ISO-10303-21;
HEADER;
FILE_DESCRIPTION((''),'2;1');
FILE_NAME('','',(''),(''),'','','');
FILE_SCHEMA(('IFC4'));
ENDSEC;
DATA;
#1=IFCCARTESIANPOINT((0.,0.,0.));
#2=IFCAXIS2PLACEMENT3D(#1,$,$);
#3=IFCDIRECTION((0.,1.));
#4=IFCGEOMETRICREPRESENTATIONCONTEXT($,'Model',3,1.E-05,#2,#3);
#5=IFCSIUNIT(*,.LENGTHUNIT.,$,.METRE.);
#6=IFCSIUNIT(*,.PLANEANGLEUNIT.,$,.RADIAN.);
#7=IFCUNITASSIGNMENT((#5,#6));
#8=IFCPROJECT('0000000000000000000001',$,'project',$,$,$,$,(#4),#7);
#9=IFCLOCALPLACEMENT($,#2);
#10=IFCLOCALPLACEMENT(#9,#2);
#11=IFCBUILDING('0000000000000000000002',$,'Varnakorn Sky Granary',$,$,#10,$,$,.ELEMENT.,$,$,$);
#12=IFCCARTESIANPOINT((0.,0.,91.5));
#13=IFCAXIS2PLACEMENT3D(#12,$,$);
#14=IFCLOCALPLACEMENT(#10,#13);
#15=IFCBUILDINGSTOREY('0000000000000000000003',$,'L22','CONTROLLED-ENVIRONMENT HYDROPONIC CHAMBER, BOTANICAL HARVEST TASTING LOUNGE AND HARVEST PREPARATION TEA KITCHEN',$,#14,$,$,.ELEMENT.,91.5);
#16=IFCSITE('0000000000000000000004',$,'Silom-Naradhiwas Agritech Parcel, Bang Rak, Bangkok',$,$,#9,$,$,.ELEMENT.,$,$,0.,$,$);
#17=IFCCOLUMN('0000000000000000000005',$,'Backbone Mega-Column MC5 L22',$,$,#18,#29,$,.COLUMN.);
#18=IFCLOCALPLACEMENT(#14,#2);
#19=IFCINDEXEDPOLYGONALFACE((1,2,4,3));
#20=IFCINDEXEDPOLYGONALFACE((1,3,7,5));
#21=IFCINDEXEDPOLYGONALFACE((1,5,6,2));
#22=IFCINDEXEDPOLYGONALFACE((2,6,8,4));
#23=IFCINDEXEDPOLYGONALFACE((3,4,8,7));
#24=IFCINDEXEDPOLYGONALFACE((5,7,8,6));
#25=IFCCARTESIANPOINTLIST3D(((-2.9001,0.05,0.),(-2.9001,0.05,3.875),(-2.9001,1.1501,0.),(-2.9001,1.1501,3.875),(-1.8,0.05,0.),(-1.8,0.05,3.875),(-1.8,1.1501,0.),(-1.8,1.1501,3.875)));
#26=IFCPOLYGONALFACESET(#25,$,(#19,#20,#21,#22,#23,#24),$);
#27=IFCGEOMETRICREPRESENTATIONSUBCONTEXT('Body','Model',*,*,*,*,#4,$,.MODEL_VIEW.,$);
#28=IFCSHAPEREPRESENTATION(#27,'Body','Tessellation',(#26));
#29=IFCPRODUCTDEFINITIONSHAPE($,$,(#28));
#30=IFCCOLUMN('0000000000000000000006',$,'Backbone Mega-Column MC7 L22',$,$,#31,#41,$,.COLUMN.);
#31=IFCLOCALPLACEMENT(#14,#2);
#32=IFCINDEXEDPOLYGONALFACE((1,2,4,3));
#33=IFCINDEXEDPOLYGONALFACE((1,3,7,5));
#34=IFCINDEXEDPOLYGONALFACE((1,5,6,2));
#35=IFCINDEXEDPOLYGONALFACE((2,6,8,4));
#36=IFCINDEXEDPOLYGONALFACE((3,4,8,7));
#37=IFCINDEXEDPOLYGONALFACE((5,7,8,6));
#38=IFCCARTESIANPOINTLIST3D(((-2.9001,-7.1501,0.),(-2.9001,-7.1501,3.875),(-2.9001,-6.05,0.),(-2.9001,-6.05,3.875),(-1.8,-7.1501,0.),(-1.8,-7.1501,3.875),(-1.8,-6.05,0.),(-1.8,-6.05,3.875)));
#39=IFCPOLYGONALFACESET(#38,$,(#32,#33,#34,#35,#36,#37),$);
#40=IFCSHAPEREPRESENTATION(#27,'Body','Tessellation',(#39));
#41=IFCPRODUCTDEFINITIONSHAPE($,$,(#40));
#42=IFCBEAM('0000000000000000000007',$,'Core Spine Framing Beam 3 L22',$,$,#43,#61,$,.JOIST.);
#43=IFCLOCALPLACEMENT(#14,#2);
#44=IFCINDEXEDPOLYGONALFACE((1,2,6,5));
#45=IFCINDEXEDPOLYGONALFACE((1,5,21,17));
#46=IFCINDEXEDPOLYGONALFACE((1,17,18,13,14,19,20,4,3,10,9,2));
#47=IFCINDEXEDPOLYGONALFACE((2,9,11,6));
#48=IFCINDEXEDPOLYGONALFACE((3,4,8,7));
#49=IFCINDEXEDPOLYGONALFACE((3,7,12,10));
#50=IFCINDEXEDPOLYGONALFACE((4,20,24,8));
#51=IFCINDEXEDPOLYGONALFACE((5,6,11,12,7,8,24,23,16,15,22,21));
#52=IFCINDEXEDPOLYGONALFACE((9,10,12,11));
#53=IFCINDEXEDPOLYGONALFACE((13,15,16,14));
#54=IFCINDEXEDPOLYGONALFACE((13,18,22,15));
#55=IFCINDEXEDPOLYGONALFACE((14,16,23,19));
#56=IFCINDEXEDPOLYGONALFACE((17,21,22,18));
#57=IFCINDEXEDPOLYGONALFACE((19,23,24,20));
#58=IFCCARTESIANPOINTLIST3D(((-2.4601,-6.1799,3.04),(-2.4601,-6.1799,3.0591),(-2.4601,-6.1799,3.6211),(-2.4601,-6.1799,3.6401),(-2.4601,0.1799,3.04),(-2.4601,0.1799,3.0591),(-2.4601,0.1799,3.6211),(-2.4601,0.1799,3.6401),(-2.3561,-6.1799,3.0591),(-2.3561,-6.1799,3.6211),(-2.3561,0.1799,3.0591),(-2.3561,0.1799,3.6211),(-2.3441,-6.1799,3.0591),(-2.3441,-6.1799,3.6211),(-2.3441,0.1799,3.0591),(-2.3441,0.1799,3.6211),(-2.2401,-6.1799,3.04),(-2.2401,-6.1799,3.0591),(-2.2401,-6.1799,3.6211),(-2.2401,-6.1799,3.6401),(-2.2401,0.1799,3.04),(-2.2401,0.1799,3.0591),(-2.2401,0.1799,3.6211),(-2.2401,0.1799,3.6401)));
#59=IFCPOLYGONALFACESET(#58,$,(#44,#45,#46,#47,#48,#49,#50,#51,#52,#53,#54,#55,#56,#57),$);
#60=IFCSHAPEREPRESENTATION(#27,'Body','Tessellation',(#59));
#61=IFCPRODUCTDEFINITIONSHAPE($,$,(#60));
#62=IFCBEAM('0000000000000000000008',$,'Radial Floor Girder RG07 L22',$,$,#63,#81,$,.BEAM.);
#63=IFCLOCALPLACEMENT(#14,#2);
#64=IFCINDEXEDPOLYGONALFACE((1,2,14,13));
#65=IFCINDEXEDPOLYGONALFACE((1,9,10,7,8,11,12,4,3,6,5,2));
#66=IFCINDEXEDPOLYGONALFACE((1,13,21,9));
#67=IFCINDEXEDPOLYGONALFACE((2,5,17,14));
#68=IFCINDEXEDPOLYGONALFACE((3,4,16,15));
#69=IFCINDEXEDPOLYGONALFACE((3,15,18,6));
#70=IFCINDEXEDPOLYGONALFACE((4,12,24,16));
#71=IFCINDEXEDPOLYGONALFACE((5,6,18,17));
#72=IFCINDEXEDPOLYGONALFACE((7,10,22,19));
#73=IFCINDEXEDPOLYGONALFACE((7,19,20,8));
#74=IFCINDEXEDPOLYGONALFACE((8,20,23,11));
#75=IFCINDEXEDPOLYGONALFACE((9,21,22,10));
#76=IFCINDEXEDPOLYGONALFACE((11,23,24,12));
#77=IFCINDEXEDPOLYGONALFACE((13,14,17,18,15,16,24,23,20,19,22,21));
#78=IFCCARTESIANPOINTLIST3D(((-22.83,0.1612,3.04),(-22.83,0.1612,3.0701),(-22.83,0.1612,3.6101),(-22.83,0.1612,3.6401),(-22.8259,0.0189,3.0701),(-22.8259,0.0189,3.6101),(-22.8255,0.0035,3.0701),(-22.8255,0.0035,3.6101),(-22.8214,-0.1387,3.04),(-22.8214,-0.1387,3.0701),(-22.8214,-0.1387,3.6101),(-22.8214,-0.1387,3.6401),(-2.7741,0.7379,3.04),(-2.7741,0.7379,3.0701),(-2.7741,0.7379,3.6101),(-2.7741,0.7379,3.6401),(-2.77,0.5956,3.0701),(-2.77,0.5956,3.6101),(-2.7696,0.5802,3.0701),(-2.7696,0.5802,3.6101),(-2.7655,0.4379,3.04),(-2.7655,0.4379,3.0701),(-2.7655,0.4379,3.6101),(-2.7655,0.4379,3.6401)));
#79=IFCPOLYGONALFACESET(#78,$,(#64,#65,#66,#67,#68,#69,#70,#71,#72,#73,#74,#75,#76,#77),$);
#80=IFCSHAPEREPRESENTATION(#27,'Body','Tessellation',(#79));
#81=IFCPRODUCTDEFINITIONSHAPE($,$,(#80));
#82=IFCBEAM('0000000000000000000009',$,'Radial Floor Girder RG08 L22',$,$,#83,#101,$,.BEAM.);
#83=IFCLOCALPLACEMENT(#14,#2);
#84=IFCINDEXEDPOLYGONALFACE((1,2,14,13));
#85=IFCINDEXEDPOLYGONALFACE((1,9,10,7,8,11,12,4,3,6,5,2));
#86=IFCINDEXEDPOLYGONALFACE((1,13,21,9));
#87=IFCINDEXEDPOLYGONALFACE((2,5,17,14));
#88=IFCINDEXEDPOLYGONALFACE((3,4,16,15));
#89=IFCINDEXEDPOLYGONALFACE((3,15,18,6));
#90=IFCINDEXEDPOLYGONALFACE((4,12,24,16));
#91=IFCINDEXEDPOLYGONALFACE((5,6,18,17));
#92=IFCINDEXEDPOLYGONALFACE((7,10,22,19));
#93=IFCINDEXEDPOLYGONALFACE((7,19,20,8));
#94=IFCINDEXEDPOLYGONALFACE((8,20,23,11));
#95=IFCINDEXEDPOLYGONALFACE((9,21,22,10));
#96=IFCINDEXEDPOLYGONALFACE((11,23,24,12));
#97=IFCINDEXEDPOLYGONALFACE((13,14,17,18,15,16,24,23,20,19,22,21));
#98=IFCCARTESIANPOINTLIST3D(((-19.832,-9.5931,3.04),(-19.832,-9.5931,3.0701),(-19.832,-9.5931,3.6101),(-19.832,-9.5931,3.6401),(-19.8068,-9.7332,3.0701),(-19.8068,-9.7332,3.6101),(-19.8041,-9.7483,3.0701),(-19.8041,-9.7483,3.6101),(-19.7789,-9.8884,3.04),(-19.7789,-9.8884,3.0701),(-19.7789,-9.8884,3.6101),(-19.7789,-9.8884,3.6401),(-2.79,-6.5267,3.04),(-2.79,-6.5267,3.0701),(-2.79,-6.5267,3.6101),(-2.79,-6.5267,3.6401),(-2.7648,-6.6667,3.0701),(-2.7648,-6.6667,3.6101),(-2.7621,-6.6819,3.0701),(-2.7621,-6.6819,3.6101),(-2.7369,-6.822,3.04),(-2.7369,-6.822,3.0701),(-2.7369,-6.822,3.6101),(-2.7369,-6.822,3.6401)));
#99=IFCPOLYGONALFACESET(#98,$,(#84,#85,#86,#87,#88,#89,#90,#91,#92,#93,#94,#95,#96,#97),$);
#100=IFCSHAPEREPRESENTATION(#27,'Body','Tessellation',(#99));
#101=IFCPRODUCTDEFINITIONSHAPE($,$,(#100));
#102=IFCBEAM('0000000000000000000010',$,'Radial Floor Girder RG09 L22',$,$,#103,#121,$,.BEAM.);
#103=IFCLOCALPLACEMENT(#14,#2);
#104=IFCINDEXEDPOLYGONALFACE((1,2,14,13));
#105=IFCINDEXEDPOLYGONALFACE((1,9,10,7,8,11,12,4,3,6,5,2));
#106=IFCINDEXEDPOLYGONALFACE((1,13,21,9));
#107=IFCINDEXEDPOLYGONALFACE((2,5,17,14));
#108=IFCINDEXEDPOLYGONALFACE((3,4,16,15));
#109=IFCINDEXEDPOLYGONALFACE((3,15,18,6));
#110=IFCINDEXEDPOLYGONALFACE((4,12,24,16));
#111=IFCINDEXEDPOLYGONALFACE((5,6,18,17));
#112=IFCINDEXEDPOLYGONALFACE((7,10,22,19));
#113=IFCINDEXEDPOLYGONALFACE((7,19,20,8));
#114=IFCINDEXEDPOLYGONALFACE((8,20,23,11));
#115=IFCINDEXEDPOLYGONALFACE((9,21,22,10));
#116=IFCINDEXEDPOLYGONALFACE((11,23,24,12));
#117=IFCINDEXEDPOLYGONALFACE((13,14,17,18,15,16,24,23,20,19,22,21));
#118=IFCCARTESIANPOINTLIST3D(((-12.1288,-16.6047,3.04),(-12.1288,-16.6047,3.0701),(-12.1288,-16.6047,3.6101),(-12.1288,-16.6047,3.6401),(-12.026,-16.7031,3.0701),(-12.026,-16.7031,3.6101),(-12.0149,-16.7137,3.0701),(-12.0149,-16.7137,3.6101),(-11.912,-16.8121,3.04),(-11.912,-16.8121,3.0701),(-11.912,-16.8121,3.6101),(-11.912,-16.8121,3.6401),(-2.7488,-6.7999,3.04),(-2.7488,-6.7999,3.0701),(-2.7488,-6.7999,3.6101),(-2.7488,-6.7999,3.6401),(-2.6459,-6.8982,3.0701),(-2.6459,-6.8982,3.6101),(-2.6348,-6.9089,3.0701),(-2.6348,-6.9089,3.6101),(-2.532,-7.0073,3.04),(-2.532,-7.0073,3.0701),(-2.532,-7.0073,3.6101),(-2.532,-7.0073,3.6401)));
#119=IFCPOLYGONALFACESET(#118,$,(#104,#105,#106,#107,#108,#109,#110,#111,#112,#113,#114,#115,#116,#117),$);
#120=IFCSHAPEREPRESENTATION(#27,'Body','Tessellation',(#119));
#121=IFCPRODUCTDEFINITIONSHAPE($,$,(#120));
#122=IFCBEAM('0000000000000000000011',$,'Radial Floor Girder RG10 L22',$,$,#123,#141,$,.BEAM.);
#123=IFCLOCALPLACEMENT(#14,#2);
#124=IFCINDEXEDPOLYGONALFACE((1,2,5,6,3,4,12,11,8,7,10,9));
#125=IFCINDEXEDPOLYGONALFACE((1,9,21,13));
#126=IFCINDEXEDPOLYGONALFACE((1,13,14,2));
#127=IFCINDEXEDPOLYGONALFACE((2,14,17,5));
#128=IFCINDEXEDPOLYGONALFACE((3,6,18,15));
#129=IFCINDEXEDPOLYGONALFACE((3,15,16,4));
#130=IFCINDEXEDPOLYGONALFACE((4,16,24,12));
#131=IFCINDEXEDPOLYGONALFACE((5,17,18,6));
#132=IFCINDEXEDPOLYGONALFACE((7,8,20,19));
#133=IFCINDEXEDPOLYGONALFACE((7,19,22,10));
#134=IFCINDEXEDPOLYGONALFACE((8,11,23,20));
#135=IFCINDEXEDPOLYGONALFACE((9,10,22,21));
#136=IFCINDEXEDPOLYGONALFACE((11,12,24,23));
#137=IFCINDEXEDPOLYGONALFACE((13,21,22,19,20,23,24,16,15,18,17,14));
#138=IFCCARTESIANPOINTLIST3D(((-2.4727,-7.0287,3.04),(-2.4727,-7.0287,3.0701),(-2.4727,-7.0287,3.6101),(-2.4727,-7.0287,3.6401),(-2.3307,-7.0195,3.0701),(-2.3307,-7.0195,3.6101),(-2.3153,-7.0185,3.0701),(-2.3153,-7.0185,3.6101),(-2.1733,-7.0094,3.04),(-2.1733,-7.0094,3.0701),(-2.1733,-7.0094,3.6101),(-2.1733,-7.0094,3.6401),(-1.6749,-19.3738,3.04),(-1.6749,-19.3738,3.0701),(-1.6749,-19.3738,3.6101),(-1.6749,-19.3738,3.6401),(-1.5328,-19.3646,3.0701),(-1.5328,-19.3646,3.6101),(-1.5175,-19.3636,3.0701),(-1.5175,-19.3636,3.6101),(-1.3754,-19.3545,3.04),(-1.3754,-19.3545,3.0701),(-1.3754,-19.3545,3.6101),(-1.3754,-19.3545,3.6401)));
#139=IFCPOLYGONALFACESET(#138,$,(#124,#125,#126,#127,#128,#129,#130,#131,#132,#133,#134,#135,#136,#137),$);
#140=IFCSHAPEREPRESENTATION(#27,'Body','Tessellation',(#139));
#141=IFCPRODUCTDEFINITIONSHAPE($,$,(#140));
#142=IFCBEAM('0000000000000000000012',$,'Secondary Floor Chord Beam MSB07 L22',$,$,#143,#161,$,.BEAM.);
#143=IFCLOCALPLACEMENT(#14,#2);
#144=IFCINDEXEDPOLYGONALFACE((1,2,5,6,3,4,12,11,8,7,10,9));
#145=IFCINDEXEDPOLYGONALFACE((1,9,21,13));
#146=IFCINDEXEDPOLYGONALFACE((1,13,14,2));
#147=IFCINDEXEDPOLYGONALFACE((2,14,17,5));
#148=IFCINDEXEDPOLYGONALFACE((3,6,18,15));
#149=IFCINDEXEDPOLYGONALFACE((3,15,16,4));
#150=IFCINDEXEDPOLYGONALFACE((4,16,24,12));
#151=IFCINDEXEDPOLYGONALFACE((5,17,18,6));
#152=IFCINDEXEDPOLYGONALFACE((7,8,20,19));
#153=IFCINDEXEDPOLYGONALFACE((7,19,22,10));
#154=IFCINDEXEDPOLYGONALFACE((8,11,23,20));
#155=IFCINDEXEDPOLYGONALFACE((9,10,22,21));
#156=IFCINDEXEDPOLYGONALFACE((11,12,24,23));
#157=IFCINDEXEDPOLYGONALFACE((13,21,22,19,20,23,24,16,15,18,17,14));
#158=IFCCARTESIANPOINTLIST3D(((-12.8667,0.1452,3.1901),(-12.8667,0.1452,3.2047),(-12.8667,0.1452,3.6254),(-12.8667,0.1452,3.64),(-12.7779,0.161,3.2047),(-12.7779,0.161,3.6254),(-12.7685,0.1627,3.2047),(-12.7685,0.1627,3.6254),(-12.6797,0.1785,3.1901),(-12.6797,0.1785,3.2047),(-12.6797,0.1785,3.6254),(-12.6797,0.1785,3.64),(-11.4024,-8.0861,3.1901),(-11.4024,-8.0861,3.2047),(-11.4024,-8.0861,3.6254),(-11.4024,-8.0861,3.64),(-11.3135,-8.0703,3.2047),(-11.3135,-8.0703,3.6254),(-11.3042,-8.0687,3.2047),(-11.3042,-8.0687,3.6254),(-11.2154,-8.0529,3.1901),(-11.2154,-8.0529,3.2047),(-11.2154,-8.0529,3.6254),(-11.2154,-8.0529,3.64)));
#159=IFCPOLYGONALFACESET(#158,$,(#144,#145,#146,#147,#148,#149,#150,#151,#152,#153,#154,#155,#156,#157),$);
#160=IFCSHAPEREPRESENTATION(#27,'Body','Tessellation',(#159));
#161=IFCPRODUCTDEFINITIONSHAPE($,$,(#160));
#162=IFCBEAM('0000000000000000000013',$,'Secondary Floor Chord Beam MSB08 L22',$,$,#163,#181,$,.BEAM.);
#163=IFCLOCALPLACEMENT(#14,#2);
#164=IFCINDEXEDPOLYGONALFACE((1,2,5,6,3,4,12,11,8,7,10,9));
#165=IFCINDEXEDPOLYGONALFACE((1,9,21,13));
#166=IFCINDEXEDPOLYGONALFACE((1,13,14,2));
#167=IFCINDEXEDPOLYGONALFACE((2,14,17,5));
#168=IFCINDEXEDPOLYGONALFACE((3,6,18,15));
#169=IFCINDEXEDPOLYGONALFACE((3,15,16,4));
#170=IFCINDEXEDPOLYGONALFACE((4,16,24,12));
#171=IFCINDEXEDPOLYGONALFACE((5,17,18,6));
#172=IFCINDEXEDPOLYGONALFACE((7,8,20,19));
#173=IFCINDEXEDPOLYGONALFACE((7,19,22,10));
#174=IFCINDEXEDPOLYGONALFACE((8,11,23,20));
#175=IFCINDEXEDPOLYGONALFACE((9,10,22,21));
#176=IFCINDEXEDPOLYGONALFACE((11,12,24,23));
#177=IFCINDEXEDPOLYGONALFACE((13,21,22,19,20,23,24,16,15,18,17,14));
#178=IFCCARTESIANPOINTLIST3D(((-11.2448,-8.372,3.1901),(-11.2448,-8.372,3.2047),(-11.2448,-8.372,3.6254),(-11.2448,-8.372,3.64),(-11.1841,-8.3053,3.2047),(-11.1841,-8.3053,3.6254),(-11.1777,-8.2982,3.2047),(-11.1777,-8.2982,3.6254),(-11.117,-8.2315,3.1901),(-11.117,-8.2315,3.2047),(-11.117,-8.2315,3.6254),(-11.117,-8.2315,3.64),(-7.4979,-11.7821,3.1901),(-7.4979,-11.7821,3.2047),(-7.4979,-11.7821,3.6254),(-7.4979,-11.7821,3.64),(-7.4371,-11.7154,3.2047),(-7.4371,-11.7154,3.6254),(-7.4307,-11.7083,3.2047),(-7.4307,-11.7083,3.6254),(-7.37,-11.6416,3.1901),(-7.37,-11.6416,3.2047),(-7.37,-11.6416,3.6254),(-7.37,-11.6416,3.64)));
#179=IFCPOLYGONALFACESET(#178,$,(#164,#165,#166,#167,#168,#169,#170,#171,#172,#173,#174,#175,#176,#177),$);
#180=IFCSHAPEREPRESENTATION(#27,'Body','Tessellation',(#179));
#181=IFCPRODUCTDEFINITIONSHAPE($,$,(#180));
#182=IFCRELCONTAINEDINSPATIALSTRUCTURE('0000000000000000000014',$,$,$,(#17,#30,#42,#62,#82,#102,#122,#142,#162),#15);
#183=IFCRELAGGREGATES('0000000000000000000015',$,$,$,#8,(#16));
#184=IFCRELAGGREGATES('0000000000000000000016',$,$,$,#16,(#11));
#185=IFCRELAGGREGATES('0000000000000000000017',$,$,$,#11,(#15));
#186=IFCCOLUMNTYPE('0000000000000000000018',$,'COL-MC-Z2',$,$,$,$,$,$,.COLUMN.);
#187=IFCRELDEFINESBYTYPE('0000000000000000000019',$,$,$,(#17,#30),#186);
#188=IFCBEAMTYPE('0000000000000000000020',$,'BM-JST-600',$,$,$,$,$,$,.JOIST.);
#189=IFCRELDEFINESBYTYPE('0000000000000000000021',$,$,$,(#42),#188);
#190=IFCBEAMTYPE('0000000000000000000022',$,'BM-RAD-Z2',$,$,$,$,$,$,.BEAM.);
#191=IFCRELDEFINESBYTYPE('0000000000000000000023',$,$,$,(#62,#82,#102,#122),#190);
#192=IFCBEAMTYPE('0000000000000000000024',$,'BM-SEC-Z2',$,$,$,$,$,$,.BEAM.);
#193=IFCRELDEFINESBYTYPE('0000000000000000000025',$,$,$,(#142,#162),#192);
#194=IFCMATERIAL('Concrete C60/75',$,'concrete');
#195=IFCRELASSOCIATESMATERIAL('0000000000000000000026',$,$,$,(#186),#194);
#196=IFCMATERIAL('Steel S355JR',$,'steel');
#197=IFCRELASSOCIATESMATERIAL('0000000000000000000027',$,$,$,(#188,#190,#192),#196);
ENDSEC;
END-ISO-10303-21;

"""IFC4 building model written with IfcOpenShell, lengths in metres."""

from ifc_helpers import new_model, si_unit, direction, frame, origin, origin_2d, place, context, subcontext, project, spatial, rectangle, i_section, extrude, material, material_profile, profile_set, type_object, element, save


model = new_model("IFC4")

# Units and contexts
model_context = context("Model", 3, precision=1e-05, world=origin(), true_north=direction((0.0, 1.0)))
body_context = subcontext(model_context, "Body", "Model", "MODEL_VIEW")
ifc_project = project(units=[si_unit("LENGTHUNIT", "METRE"), si_unit("PLANEANGLEUNIT", "RADIAN")], contexts=[model_context])

# Site, building, storey
site_placement = place(None, origin())
site = spatial("IfcSite", under=ifc_project, at=site_placement, Name="Silom-Naradhiwas Agritech Parcel, Bang Rak, Bangkok", CompositionType="ELEMENT", RefElevation=0.0)
building_placement = place(site_placement, origin())
building = spatial("IfcBuilding", under=site, at=building_placement, Name="Varnakorn Sky Granary", CompositionType="ELEMENT")
storey_placement = place(building_placement, frame((0.0, 0.0, 91.5)))
storey = spatial("IfcBuildingStorey", under=building, at=storey_placement, Name="L22", Description="CONTROLLED-ENVIRONMENT HYDROPONIC CHAMBER, BOTANICAL HARVEST TASTING LOUNGE AND HARVEST PREPARATION TEA KITCHEN", CompositionType="ELEMENT", Elevation=91.5)

# Columns
ifc_material_1 = material(Name="Concrete C60/75", Category="concrete")
ifc_material_profile_1 = material_profile(ifc_material_1, rectangle(XDim=1.1001, YDim=1.1001, at=origin_2d()), Name="RC 1100x1100")
ifc_profile_set_1 = profile_set([ifc_material_profile_1], Name="Concrete C60/75")
column_type = type_object("IfcColumnType", Name="COL-MC-Z2", PredefinedType="COLUMN", material=ifc_profile_set_1)
for number, where, z_axis, x_axis, name in (
    (1, (-2.3501, 0.6001, 0.0), (0.0, 0.0, 1.0), (1.0, 0.0, 0.0), "Backbone Mega-Column MC5 L22"),
    (2, (-2.3501, -6.6001, 0.0), (0.0, 0.0, 1.0), (1.0, 0.0, 0.0), "Backbone Mega-Column MC7 L22"),
):
    element("IfcColumn", number, at=place(storey_placement, frame(where, z_axis=z_axis, x_axis=x_axis)), inside=storey, type_object=column_type, Name=name, PredefinedType="COLUMN", context=body_context, shape_type="SweptSolid", body=[
        extrude(rectangle(XDim=1.1001, YDim=1.1001, at=origin_2d()), origin(), (0.0, 0.0, 1.0), 3.875),
    ])

# Beams
ifc_material_2 = material(Name="Steel S355JR", Category="steel")
ifc_material_profile_2 = material_profile(ifc_material_2, i_section(OverallWidth=0.22, OverallDepth=0.6001, WebThickness=0.012, FlangeThickness=0.019, at=origin_2d()), Name="IPE 600")
ifc_profile_set_2 = profile_set([ifc_material_profile_2], Name="Steel S355JR")
beam_type_1 = type_object("IfcBeamType", Name="BM-JST-600", PredefinedType="JOIST", material=ifc_profile_set_2)
beam_1_placement = place(storey_placement, frame((-2.3501, 0.1799, 3.3401), z_axis=(0.0, -1.0, 0.0), x_axis=(1.0, 0.0, 0.0)))
element("IfcBeam", 3, at=beam_1_placement, inside=storey, type_object=beam_type_1, Name="Core Spine Framing Beam 3 L22", PredefinedType="JOIST", context=body_context, shape_type="SweptSolid", body=[
    extrude(i_section(OverallWidth=0.22, OverallDepth=0.6001, WebThickness=0.012, FlangeThickness=0.019, at=origin_2d()), origin(), (0.0, 0.0, 1.0), 6.3599),
])
ifc_material_profile_3 = material_profile(ifc_material_2, i_section(OverallWidth=0.3, OverallDepth=0.6001, WebThickness=0.0154, FlangeThickness=0.03, at=origin_2d()), Name="HE 600 B")
ifc_profile_set_3 = profile_set([ifc_material_profile_3], Name="Steel S355JR")
beam_type_2 = type_object("IfcBeamType", Name="BM-RAD-Z2", PredefinedType="BEAM", material=ifc_profile_set_3)
beam_2_placement = place(storey_placement, frame((-2.7698, 0.5879, 3.3401), z_axis=(-0.999587, -0.028741, 0.0), x_axis=(0.028741, -0.999587, 0.0)))
element("IfcBeam", 4, at=beam_2_placement, inside=storey, type_object=beam_type_2, Name="Radial Floor Girder RG07 L22", PredefinedType="BEAM", context=body_context, shape_type="SweptSolid", body=[
    extrude(i_section(OverallWidth=0.3, OverallDepth=0.6001, WebThickness=0.0154, FlangeThickness=0.03, at=origin_2d()), origin(), (0.0, 0.0, 1.0), 20.0642),
])
beam_3_placement = place(storey_placement, frame((-2.7634, -6.6743, 3.3401), z_axis=(-0.984195, -0.177089, 0.0), x_axis=(0.177089, -0.984195, 0.0)))
element("IfcBeam", 5, at=beam_3_placement, inside=storey, type_object=beam_type_2, Name="Radial Floor Girder RG08 L22", PredefinedType="BEAM", context=body_context, shape_type="SweptSolid", body=[
    extrude(i_section(OverallWidth=0.3, OverallDepth=0.6001, WebThickness=0.0154, FlangeThickness=0.03, at=origin_2d()), origin(), (0.0, 0.0, 1.0), 17.3157),
])
beam_4_placement = place(storey_placement, frame((-2.6404, -6.9036, 3.3401), z_axis=(-0.69128, -0.722587, 0.0), x_axis=(0.722587, -0.69128, 0.0)))
element("IfcBeam", 6, at=beam_4_placement, inside=storey, type_object=beam_type_2, Name="Radial Floor Girder RG09 L22", PredefinedType="BEAM", context=body_context, shape_type="SweptSolid", body=[
    extrude(i_section(OverallWidth=0.3, OverallDepth=0.6001, WebThickness=0.0154, FlangeThickness=0.03, at=origin_2d()), origin(), (0.0, 0.0, 1.0), 13.5691),
])
beam_5_placement = place(storey_placement, frame((-2.323, -7.019, 3.3401), z_axis=(0.064494, -0.997918, 0.0), x_axis=(0.997918, 0.064494, 0.0)))
element("IfcBeam", 7, at=beam_5_placement, inside=storey, type_object=beam_type_2, Name="Radial Floor Girder RG10 L22", PredefinedType="BEAM", context=body_context, shape_type="SweptSolid", body=[
    extrude(i_section(OverallWidth=0.3, OverallDepth=0.6001, WebThickness=0.0154, FlangeThickness=0.03, at=origin_2d()), origin(), (0.0, 0.0, 1.0), 12.3708),
])
ifc_material_profile_4 = material_profile(ifc_material_2, i_section(OverallWidth=0.1899, OverallDepth=0.45, WebThickness=0.0095, FlangeThickness=0.0146, at=origin_2d()), Name="IPE 450")
ifc_profile_set_4 = profile_set([ifc_material_profile_4], Name="Steel S355JR")
beam_type_3 = type_object("IfcBeamType", Name="BM-SEC-Z2", PredefinedType="BEAM", material=ifc_profile_set_4)
beam_6_placement = place(storey_placement, frame((-12.7732, 0.1619, 3.415), z_axis=(0.175148, -0.984542, 0.0), x_axis=(0.984542, 0.175148, 0.0)))
element("IfcBeam", 8, at=beam_6_placement, inside=storey, type_object=beam_type_3, Name="Secondary Floor Chord Beam MSB07 L22", PredefinedType="BEAM", context=body_context, shape_type="SweptSolid", body=[
    extrude(i_section(OverallWidth=0.1899, OverallDepth=0.45, WebThickness=0.0095, FlangeThickness=0.0146, at=origin_2d()), origin(), (0.0, 0.0, 1.0), 8.3606),
])
beam_7_placement = place(storey_placement, frame((-11.1809, -8.3018, 3.415), z_axis=(0.739574, -0.673076, 0.0), x_axis=(0.673076, 0.739574, 0.0)))
element("IfcBeam", 9, at=beam_7_placement, inside=storey, type_object=beam_type_3, Name="Secondary Floor Chord Beam MSB08 L22", PredefinedType="BEAM", context=body_context, shape_type="SweptSolid", body=[
    extrude(i_section(OverallWidth=0.1899, OverallDepth=0.45, WebThickness=0.0095, FlangeThickness=0.0146, at=origin_2d()), origin(), (0.0, 0.0, 1.0), 5.0664),
])

save(model, "model.ifc")
